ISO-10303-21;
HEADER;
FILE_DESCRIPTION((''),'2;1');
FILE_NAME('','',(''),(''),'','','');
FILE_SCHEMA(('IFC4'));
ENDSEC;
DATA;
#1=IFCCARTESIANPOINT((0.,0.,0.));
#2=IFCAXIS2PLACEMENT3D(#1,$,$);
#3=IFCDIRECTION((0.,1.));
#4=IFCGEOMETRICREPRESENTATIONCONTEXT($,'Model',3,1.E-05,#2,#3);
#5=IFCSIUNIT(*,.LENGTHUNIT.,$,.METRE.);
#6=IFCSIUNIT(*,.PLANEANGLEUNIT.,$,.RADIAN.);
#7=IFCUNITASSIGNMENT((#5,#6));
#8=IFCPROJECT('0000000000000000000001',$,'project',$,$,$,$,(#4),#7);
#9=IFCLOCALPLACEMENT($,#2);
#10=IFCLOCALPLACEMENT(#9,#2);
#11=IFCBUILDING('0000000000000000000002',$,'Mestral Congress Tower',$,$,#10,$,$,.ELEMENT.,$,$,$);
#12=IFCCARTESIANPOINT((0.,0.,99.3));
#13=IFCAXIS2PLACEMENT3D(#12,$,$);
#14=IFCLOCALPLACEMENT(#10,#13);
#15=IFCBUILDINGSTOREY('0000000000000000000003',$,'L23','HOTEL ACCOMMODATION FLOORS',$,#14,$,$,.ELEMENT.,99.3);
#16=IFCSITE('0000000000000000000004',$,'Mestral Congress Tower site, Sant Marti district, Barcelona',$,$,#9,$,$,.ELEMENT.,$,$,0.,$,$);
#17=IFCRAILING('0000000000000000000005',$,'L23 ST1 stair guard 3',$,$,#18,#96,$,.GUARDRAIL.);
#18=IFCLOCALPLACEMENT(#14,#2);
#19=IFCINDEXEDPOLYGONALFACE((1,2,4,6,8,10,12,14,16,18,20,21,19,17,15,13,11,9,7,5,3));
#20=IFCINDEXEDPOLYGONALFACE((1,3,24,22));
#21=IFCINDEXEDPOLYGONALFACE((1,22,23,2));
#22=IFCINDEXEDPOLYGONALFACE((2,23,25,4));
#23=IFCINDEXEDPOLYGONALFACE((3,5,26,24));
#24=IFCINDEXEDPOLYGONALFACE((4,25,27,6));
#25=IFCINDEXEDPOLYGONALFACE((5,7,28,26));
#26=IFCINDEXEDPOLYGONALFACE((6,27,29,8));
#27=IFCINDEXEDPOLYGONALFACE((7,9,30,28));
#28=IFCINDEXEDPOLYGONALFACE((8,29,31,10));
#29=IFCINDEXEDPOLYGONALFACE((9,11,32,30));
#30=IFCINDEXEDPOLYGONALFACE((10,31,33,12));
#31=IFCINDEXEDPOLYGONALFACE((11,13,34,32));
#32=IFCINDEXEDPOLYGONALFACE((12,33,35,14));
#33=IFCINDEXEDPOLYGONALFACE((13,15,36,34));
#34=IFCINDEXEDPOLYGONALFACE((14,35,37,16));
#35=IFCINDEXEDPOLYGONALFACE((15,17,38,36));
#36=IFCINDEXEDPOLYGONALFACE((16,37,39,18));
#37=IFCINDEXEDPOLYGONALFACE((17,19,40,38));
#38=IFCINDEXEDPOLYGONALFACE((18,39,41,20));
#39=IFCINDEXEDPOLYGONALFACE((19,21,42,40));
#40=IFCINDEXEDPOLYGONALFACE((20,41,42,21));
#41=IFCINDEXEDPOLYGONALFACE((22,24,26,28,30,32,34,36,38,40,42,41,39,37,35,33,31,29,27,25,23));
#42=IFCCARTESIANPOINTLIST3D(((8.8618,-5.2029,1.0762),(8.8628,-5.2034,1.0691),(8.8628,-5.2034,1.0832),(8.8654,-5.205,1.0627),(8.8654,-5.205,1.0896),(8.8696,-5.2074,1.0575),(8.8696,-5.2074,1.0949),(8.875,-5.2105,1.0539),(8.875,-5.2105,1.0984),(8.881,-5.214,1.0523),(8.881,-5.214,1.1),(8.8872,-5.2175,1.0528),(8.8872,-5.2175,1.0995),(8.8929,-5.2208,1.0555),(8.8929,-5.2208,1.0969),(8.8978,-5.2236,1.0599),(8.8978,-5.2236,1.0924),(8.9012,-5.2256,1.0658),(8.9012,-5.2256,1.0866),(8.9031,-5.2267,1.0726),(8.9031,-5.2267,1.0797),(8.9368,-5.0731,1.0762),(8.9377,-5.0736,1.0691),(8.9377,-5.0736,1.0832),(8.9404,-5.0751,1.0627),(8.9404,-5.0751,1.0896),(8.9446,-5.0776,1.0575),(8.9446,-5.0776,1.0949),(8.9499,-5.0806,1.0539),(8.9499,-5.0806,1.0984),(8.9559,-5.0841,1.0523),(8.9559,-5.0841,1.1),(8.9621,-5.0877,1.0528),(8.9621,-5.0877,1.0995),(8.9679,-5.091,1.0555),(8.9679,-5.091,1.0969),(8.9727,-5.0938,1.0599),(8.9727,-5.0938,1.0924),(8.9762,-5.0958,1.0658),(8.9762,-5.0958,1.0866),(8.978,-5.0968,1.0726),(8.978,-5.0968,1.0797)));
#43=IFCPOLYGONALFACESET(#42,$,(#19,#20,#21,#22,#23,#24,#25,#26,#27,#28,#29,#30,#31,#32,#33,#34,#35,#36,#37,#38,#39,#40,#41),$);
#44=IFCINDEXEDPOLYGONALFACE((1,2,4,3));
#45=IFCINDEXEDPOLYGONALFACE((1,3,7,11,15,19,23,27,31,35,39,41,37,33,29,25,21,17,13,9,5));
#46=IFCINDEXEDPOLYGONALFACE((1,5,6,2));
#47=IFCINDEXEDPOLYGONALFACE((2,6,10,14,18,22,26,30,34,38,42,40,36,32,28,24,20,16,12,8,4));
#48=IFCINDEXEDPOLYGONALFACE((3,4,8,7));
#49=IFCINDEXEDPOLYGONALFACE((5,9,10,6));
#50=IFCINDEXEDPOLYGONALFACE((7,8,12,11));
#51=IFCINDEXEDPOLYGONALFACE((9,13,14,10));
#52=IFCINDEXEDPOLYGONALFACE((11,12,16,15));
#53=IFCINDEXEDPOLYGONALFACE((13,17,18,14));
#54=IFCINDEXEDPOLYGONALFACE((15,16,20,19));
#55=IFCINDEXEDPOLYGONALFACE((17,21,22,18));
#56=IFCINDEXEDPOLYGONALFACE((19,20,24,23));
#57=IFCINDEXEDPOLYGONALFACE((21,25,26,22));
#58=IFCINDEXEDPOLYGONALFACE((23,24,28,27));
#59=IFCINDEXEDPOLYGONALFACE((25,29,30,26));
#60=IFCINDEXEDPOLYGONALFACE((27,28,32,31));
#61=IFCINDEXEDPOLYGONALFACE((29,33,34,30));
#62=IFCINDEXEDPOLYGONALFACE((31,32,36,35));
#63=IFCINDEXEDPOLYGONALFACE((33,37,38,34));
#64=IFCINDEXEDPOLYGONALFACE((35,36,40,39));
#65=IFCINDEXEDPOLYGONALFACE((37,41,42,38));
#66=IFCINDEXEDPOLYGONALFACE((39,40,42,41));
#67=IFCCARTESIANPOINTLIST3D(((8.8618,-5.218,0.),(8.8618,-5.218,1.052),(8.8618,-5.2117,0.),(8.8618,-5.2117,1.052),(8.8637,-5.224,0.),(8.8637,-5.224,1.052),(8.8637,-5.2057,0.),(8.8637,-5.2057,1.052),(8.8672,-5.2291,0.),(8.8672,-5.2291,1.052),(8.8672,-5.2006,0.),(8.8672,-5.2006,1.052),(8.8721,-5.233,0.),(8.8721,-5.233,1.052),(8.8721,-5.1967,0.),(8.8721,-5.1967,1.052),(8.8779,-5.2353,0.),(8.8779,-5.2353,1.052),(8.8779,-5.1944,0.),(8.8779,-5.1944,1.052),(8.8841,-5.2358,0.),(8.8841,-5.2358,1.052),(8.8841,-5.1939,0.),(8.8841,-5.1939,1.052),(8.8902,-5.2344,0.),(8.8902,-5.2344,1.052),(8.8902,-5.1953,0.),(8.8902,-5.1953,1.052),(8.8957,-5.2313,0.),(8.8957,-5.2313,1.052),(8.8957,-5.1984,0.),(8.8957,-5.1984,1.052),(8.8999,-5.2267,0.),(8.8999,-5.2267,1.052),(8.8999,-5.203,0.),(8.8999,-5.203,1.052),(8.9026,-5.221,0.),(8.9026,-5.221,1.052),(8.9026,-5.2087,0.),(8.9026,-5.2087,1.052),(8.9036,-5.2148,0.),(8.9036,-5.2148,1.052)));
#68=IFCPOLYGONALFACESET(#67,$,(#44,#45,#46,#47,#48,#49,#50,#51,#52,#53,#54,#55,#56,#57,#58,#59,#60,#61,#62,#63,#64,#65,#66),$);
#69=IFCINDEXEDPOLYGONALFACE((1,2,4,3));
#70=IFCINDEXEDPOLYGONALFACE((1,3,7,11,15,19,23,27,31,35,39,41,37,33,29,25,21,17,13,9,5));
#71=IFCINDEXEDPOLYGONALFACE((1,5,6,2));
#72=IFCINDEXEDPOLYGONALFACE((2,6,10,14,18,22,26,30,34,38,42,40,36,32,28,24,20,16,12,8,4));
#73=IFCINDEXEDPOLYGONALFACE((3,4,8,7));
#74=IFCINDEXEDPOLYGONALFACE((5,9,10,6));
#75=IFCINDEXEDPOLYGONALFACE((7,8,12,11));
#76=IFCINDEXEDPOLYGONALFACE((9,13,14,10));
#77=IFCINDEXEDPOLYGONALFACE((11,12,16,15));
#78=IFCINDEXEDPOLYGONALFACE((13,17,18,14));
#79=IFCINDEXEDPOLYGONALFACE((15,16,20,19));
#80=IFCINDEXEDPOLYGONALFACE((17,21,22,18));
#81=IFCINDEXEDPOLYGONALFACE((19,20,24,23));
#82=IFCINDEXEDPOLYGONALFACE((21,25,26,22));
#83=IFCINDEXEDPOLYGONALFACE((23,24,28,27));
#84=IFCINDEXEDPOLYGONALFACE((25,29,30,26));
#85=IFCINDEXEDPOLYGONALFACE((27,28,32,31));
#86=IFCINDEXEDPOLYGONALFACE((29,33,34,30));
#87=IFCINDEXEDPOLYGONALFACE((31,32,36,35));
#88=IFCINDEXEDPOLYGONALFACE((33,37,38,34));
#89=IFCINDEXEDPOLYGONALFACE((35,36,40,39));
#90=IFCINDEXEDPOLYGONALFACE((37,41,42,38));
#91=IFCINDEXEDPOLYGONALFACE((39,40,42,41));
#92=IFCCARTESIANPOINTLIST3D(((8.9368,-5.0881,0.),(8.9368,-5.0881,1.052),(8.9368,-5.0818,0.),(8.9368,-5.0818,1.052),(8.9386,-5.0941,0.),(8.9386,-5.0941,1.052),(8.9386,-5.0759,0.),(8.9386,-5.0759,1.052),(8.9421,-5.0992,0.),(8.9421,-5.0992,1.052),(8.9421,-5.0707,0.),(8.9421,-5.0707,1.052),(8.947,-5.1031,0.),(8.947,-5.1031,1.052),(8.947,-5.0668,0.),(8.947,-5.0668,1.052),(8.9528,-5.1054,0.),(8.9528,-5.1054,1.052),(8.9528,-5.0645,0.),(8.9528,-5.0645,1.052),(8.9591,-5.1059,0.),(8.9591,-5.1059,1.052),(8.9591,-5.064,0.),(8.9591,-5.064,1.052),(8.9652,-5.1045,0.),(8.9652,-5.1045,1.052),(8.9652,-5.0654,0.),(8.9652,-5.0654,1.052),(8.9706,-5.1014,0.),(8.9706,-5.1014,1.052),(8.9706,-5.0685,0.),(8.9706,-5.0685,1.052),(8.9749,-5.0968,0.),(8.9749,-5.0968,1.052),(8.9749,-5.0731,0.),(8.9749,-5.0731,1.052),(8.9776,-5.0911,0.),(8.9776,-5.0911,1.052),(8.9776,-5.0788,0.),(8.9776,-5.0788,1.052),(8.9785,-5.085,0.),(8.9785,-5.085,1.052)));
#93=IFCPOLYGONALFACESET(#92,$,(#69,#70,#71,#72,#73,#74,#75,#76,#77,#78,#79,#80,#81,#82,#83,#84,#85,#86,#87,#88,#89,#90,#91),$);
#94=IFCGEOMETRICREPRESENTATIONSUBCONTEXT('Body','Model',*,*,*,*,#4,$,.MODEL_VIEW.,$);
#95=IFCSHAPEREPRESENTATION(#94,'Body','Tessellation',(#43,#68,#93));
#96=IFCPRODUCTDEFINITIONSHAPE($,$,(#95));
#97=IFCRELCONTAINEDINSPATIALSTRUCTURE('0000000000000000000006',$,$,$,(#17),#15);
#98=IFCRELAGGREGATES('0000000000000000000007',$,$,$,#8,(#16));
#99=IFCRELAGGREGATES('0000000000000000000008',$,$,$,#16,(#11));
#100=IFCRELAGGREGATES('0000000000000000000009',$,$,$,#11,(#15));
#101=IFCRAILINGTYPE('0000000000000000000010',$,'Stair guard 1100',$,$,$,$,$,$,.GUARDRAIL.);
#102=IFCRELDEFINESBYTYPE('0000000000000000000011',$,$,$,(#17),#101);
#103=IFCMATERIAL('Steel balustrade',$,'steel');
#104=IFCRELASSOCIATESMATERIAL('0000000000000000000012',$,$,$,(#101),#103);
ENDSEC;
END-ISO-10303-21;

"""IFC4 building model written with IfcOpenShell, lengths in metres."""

from ifc_helpers import new_model, si_unit, direction, frame, origin, origin_2d, place, context, subcontext, project, spatial, circle, extrude, material, type_object, element, save


model = new_model("IFC4")

# Units and contexts
model_context = context("Model", 3, precision=1e-05, world=origin(), true_north=direction((0.0, 1.0)))
body_context = subcontext(model_context, "Body", "Model", "MODEL_VIEW")
ifc_project = project(units=[si_unit("LENGTHUNIT", "METRE"), si_unit("PLANEANGLEUNIT", "RADIAN")], contexts=[model_context])

# Site, building, storey
site_placement = place(None, origin())
site = spatial("IfcSite", under=ifc_project, at=site_placement, Name="Mestral Congress Tower site, Sant Marti district, Barcelona", CompositionType="ELEMENT", RefElevation=0.0)
building_placement = place(site_placement, origin())
building = spatial("IfcBuilding", under=site, at=building_placement, Name="Mestral Congress Tower", CompositionType="ELEMENT")
storey_placement = place(building_placement, frame((0.0, 0.0, 99.3)))
storey = spatial("IfcBuildingStorey", under=building, at=storey_placement, Name="L23", Description="HOTEL ACCOMMODATION FLOORS", CompositionType="ELEMENT", Elevation=99.3)

# Railing
ifc_material_1 = material(Name="Steel balustrade", Category="steel")
railing_type_1 = type_object("IfcRailingType", Name="Stair guard 1100", PredefinedType="GUARDRAIL", material=ifc_material_1)
railing_1_placement = place(storey_placement, frame((8.8826, -5.2148, 0.0)))
element("IfcRailing", 1, at=railing_1_placement, inside=storey, type_object=railing_type_1, Name="L23 ST1 stair guard 3", PredefinedType="GUARDRAIL", context=body_context, shape_type="SweptSolid", body=[
    extrude(circle(Radius=0.0239, at=origin_2d()), frame((0.0, 0.0, 1.0762), z_axis=(0.499816, 0.866131, 0.0), x_axis=(-0.866131, 0.499816, 0.0)), (0.0, 0.0, 1.0), 0.1499),
    extrude(circle(Radius=0.021, at=origin_2d()), origin(), (0.0, 0.0, 1.0), 1.052),
    extrude(circle(Radius=0.021, at=origin_2d()), frame((0.075, 0.1299, 0.0)), (0.0, 0.0, 1.0), 1.052),
])

save(model, "model.ifc")
